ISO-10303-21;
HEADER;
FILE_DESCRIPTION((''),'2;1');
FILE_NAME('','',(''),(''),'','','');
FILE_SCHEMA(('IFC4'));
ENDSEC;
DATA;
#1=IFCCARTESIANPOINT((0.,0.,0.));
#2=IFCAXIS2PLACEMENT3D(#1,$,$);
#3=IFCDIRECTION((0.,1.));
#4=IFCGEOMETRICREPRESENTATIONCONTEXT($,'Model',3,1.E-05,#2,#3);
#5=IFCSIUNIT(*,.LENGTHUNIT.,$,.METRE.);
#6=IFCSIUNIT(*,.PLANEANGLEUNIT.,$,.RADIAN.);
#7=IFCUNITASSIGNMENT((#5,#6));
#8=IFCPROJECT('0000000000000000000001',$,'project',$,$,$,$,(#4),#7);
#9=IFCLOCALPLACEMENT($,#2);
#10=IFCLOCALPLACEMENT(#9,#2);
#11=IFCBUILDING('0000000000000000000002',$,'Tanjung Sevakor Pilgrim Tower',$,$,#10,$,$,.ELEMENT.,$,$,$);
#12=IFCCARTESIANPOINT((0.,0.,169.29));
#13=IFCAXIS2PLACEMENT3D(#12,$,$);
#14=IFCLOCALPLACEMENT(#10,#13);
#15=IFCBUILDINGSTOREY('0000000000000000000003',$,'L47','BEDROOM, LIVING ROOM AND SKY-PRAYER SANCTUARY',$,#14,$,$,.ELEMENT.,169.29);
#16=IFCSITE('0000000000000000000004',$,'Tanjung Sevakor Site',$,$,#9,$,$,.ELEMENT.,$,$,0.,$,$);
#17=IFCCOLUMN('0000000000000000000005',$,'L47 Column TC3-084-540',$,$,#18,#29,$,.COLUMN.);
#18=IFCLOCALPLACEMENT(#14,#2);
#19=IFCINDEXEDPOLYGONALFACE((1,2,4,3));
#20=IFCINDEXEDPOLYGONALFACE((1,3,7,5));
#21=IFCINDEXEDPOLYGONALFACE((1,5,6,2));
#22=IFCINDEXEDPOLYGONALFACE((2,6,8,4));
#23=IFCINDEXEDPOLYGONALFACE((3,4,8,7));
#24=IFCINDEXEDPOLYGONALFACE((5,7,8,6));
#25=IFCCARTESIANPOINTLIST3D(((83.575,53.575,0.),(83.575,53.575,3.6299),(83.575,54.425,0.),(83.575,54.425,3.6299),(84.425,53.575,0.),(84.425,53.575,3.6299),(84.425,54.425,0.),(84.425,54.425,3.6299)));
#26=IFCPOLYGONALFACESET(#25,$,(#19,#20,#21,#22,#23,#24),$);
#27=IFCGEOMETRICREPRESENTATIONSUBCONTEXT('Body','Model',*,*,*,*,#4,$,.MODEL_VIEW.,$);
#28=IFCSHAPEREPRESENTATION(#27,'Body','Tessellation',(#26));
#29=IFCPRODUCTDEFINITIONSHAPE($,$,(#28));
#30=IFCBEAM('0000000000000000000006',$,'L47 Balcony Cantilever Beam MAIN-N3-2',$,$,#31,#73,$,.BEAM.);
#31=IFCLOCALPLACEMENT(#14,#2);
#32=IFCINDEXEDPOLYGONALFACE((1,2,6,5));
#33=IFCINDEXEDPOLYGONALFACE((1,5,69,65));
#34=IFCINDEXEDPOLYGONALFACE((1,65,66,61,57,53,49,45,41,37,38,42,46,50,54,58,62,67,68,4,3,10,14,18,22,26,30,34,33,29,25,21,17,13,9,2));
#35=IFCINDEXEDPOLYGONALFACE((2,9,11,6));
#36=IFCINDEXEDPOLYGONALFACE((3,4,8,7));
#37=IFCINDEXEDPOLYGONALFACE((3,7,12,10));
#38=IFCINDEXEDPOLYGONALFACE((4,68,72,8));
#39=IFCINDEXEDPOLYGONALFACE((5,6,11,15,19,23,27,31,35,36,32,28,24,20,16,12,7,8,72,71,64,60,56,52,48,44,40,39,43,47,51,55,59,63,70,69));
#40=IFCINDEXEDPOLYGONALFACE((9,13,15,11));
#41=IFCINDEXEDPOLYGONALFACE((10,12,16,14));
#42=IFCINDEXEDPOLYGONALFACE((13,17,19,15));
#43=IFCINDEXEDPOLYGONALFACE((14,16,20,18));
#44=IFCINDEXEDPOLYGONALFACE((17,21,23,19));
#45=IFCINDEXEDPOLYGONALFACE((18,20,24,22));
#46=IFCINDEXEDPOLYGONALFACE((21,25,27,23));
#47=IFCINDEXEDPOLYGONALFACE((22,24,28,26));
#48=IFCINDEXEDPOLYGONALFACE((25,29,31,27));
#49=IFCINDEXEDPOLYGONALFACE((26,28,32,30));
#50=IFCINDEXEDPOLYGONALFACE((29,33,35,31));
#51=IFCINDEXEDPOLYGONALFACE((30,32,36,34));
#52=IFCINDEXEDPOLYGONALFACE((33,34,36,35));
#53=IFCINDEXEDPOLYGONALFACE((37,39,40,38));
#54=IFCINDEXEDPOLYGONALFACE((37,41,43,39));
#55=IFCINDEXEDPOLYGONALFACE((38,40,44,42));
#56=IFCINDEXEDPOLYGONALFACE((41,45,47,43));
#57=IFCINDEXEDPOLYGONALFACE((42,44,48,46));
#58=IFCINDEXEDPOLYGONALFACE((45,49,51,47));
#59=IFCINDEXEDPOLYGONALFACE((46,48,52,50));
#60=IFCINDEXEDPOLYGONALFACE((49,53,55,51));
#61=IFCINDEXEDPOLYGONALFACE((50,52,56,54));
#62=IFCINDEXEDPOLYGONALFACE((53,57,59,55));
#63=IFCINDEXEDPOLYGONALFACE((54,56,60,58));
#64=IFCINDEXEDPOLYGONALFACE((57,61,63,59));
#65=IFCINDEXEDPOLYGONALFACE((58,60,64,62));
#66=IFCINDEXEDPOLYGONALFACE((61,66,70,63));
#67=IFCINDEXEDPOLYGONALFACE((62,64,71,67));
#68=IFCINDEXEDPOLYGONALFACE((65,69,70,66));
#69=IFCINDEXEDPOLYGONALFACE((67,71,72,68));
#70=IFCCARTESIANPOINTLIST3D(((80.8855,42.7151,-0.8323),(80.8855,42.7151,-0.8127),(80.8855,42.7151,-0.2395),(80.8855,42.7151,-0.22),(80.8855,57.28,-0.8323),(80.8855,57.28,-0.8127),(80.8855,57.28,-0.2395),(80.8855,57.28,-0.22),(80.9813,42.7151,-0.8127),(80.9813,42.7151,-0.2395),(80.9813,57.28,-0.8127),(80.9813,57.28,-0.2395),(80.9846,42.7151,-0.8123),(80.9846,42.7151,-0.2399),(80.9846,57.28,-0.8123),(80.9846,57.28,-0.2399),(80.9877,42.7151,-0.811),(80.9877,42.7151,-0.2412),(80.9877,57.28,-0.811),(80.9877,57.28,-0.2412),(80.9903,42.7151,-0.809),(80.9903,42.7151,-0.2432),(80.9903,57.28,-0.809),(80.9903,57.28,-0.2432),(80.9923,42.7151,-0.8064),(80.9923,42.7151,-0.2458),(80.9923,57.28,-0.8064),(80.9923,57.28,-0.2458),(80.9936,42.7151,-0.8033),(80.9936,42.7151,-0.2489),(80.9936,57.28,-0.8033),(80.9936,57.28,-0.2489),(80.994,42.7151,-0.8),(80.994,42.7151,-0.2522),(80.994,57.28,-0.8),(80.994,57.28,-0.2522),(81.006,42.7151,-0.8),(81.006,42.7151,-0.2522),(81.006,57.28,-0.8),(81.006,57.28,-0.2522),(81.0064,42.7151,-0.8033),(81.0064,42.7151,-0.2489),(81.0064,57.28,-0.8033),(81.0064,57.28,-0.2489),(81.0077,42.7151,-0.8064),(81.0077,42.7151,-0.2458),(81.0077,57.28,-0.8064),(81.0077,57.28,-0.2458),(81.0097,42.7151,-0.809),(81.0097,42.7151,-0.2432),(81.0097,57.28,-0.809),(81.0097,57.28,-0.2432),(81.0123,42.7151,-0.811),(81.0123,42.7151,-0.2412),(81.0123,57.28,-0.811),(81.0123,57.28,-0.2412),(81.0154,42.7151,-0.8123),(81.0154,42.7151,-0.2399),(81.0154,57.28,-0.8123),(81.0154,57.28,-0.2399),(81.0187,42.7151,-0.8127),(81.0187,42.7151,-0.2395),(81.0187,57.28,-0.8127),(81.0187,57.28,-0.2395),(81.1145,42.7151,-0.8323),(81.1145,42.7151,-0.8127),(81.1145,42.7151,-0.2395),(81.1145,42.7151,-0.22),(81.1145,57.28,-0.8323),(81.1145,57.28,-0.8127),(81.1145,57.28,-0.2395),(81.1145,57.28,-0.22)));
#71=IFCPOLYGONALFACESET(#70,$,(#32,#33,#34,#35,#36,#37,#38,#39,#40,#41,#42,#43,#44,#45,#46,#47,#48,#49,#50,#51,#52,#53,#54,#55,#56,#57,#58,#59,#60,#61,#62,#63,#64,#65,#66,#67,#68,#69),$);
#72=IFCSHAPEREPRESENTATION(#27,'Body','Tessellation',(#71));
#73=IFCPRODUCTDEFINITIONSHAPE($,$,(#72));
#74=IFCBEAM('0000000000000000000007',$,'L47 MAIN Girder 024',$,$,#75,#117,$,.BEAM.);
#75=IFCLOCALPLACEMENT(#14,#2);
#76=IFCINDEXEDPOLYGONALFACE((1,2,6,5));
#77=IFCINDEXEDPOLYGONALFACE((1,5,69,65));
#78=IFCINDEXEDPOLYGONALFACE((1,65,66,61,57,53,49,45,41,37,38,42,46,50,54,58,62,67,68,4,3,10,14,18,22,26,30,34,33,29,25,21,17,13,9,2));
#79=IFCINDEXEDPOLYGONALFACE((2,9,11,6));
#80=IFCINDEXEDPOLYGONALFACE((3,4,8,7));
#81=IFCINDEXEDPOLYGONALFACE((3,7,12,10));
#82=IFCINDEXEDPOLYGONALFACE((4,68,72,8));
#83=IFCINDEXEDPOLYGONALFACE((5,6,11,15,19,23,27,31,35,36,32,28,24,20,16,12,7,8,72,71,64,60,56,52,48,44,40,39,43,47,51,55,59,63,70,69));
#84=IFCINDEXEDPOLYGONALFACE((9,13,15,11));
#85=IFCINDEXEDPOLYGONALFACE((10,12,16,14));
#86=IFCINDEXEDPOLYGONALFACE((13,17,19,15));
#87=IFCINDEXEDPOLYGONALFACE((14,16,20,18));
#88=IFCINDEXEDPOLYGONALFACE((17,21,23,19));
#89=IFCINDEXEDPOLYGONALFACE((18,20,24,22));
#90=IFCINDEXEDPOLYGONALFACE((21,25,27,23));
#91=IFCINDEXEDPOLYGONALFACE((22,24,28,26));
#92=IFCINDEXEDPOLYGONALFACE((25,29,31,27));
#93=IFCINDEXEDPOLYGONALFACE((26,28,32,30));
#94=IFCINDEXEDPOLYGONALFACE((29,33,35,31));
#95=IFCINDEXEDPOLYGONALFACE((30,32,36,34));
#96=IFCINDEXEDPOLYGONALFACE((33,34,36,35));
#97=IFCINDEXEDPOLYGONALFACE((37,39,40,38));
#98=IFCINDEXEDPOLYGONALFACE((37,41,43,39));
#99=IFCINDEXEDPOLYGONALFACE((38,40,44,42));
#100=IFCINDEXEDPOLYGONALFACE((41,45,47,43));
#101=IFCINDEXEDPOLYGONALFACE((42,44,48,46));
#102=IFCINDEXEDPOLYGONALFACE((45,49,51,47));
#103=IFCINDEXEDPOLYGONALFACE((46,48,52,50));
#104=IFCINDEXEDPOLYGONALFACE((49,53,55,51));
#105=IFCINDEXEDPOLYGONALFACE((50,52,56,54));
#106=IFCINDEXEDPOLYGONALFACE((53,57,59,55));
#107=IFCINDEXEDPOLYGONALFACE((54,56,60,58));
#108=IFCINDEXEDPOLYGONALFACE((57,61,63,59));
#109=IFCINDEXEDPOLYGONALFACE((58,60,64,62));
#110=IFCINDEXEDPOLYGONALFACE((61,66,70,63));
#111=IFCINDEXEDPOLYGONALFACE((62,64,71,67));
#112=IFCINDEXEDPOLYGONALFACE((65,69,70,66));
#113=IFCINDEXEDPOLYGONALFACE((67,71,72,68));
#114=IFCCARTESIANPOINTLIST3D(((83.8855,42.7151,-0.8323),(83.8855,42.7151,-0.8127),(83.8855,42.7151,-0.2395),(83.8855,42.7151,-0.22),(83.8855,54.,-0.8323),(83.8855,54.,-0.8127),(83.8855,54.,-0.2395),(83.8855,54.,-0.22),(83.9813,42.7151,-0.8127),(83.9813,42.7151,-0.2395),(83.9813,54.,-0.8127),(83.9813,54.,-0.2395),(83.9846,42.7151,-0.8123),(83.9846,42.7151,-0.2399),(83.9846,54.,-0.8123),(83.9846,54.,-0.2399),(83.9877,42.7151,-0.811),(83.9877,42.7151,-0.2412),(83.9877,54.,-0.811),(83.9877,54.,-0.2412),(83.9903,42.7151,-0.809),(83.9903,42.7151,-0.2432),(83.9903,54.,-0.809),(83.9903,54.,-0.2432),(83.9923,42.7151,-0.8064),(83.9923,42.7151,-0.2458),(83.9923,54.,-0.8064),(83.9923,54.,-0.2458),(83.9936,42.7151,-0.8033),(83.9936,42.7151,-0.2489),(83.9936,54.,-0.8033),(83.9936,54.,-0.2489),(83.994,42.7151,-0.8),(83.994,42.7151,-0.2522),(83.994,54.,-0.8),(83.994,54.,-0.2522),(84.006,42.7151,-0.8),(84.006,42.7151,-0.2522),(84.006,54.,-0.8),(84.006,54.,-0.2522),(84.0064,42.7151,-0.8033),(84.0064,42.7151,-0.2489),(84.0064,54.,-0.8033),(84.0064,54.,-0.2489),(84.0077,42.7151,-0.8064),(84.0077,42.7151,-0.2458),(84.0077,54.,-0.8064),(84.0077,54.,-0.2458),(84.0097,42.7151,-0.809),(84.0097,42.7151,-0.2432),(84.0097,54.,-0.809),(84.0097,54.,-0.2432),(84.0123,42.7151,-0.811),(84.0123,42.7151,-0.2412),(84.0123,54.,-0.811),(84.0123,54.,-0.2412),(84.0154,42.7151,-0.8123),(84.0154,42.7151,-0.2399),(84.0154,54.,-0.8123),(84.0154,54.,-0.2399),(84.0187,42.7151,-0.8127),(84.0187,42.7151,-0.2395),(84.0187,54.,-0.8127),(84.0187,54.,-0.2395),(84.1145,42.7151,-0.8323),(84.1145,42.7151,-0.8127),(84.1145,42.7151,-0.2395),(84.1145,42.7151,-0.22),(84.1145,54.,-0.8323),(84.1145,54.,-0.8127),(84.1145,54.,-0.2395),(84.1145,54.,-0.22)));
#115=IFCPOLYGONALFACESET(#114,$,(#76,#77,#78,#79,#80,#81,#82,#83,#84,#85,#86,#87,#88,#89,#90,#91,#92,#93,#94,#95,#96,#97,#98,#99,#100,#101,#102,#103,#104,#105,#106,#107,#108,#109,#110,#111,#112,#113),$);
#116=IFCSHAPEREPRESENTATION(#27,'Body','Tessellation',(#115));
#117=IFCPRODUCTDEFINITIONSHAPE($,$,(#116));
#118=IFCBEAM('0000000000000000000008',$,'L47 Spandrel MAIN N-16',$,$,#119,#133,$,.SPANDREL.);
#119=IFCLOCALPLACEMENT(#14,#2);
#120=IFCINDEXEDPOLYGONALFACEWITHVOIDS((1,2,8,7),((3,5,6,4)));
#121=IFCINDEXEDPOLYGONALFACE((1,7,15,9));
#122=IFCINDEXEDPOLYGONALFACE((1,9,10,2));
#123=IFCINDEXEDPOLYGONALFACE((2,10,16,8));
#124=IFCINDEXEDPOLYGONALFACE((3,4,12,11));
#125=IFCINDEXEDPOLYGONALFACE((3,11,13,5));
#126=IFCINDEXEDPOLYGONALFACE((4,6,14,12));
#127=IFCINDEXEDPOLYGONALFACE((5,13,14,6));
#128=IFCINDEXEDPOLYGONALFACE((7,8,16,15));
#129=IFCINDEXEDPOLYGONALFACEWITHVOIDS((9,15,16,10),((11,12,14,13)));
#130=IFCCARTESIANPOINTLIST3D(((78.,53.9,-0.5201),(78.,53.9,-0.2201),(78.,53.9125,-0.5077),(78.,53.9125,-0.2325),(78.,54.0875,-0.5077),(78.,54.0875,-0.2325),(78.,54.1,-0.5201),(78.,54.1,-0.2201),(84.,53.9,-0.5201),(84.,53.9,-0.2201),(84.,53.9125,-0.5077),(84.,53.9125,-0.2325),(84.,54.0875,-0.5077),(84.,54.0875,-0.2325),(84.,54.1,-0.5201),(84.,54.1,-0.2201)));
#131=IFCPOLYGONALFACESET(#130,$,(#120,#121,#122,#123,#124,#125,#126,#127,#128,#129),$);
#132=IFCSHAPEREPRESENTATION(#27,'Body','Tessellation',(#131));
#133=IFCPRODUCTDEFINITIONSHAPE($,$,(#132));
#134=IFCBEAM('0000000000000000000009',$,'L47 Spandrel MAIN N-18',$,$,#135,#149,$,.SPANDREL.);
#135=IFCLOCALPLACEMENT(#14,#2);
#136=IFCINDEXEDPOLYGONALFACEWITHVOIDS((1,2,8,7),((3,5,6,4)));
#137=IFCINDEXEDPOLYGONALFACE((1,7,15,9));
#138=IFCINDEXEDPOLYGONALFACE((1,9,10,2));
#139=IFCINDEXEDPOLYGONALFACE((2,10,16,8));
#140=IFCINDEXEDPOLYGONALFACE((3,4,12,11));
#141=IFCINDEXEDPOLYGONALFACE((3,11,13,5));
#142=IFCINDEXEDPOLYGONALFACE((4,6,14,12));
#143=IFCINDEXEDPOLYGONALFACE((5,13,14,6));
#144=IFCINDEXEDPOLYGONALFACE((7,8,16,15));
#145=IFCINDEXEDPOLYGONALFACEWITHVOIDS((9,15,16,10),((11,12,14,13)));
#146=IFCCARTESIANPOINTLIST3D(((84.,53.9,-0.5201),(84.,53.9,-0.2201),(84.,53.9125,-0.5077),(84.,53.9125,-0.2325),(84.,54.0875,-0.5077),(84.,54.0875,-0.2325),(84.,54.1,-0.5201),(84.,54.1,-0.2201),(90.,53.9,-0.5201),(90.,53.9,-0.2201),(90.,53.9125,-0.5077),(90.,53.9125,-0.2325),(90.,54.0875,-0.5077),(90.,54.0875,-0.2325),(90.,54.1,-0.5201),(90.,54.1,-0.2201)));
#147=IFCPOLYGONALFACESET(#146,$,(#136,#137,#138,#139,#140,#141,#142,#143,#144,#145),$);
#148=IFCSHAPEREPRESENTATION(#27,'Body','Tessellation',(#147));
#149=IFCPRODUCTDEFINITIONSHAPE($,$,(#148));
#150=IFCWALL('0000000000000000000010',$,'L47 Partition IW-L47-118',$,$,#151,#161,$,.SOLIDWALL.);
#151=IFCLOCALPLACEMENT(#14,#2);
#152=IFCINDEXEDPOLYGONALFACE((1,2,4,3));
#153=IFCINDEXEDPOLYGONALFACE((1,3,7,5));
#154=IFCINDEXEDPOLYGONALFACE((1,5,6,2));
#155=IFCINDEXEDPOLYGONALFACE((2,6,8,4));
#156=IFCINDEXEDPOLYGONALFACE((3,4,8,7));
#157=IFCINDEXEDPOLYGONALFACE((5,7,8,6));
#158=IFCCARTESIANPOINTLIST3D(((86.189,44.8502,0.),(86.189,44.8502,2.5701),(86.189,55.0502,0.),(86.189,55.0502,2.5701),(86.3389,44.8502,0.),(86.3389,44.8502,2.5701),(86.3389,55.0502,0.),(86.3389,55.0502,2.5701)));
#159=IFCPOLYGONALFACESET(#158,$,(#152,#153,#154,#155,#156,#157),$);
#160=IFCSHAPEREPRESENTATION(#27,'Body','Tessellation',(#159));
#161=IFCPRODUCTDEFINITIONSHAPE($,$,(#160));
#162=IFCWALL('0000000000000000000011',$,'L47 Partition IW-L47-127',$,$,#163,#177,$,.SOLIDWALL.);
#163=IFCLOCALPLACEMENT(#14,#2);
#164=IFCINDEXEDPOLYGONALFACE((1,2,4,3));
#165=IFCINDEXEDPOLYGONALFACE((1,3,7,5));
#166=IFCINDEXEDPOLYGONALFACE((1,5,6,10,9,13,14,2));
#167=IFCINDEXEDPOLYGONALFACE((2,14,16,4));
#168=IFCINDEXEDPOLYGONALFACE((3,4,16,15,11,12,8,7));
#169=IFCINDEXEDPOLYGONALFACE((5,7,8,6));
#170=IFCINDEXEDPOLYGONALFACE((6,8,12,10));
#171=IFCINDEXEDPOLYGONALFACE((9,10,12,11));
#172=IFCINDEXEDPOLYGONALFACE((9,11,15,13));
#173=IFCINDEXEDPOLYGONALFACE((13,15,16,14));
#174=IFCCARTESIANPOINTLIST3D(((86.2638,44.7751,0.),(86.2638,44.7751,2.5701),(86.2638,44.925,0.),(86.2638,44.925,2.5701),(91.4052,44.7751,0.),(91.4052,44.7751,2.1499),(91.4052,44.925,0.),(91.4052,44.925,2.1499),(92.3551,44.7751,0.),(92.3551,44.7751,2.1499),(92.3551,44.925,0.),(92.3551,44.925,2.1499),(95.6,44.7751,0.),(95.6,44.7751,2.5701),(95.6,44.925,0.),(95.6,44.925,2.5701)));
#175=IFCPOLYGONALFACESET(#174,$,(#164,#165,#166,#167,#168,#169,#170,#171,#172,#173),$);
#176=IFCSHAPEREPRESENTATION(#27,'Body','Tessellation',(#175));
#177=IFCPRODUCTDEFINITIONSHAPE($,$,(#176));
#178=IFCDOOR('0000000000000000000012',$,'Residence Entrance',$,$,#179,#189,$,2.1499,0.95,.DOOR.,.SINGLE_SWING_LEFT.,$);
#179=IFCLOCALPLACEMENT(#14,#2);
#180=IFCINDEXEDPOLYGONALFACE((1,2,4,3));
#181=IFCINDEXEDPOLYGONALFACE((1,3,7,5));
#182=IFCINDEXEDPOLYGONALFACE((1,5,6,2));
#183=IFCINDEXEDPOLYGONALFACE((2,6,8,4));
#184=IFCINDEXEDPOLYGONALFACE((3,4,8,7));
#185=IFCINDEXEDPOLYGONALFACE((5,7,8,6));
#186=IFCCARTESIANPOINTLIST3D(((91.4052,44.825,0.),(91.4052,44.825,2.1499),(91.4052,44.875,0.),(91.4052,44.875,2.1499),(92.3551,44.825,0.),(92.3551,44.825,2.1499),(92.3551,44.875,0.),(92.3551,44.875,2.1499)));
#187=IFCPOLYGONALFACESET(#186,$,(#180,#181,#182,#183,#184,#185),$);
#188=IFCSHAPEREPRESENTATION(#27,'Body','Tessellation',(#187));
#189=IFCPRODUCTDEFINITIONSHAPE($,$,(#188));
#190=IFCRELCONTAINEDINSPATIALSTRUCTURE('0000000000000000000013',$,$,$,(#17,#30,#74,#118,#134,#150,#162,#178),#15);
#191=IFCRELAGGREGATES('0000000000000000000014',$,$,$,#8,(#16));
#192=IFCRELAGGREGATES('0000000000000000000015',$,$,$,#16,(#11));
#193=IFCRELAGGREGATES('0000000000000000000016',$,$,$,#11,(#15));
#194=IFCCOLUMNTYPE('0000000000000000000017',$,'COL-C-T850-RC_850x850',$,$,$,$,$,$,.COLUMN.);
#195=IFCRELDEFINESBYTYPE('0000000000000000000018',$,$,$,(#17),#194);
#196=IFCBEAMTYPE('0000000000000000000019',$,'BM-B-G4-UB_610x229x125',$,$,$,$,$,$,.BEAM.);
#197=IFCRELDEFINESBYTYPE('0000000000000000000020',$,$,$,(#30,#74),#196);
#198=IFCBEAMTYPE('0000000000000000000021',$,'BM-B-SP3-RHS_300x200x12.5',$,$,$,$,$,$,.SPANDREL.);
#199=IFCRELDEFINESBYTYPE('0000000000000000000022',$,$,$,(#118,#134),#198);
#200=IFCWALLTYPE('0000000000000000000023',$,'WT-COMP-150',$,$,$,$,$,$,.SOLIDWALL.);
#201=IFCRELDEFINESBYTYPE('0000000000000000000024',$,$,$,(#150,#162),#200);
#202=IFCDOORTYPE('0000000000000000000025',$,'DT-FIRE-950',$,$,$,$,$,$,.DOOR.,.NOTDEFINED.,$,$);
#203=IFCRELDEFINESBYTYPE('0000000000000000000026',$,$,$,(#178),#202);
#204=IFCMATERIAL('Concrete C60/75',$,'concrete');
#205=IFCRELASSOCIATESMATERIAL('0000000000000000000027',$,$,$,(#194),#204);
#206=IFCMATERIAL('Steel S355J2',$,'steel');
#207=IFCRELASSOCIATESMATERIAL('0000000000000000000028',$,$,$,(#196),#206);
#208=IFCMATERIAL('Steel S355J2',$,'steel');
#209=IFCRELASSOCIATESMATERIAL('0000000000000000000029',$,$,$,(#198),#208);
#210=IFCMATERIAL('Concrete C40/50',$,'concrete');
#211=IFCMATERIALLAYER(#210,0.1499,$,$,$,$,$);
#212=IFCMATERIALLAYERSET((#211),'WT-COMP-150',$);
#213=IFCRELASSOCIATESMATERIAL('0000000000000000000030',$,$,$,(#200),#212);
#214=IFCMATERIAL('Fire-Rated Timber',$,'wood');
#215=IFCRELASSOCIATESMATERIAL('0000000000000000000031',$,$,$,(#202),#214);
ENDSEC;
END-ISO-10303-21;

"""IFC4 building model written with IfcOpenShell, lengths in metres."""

from ifc_helpers import new_model, si_unit, direction, frame, frame_2d, origin, origin_2d, place, context, subcontext, project, spatial, rectangle, hollow_rectangle, i_section, extrude, material, layer, layer_set, material_profile, profile_set, type_object, element, fill, save


model = new_model("IFC4")

# Units and contexts
model_context = context("Model", 3, precision=1e-05, world=origin(), true_north=direction((0.0, 1.0)))
body_context = subcontext(model_context, "Body", "Model", "MODEL_VIEW")
ifc_project = project(units=[si_unit("LENGTHUNIT", "METRE"), si_unit("PLANEANGLEUNIT", "RADIAN")], contexts=[model_context])

# Site, building, storey
site_placement = place(None, origin())
site = spatial("IfcSite", under=ifc_project, at=site_placement, Name="Tanjung Sevakor Site", CompositionType="ELEMENT", RefElevation=0.0)
building_placement = place(site_placement, origin())
building = spatial("IfcBuilding", under=site, at=building_placement, Name="Tanjung Sevakor Pilgrim Tower", CompositionType="ELEMENT")
storey_placement = place(building_placement, frame((0.0, 0.0, 169.29)))
storey = spatial("IfcBuildingStorey", under=building, at=storey_placement, Name="L47", Description="BEDROOM, LIVING ROOM AND SKY-PRAYER SANCTUARY", CompositionType="ELEMENT", Elevation=169.29)

# Column
ifc_material_1 = material(Name="Concrete C60/75", Category="concrete")
ifc_material_profile_1 = material_profile(ifc_material_1, rectangle(XDim=0.8501, YDim=0.8501, at=origin_2d()))
ifc_profile_set_1 = profile_set([ifc_material_profile_1], Name="Concrete C60/75")
column_type = type_object("IfcColumnType", Name="COL-C-T850-RC_850x850", PredefinedType="COLUMN", material=ifc_profile_set_1)
column_placement = place(storey_placement, frame((84.0, 54.0, 0.0), z_axis=(0.0, 0.0, 1.0), x_axis=(1.0, 0.0, 0.0)))
element("IfcColumn", 1, at=column_placement, inside=storey, type_object=column_type, Name="L47 Column TC3-084-540", PredefinedType="COLUMN", context=body_context, shape_type="SweptSolid", body=[
    extrude(rectangle(XDim=0.8501, YDim=0.8501, at=origin_2d()), origin(), (0.0, 0.0, 1.0), 3.6299),
])

# Beams
ifc_material_2 = material(Name="Steel S355J2", Category="steel")
ifc_material_profile_2 = material_profile(ifc_material_2, i_section(OverallWidth=0.229, OverallDepth=0.6123, WebThickness=0.012, FlangeThickness=0.0195, FilletRadius=0.0127, at=origin_2d()))
ifc_profile_set_2 = profile_set([ifc_material_profile_2], Name="Steel S355J2")
beam_type_1 = type_object("IfcBeamType", Name="BM-B-G4-UB_610x229x125", PredefinedType="BEAM", material=ifc_profile_set_2)
beam_1_placement = place(storey_placement, frame((81.0, 42.7151, -0.5261), z_axis=(0.0, 1.0, 0.0), x_axis=(-1.0, 0.0, 0.0)))
element("IfcBeam", 2, at=beam_1_placement, inside=storey, type_object=beam_type_1, Name="L47 Balcony Cantilever Beam MAIN-N3-2", PredefinedType="BEAM", context=body_context, shape_type="SweptSolid", body=[
    extrude(i_section(OverallWidth=0.229, OverallDepth=0.6123, WebThickness=0.012, FlangeThickness=0.0195, FilletRadius=0.0127, at=origin_2d()), origin(), (0.0, 0.0, 1.0), 14.5649),
])
beam_2_placement = place(storey_placement, frame((84.0, 42.7151, -0.5261), z_axis=(0.0, 1.0, 0.0), x_axis=(-1.0, 0.0, 0.0)))
element("IfcBeam", 3, at=beam_2_placement, inside=storey, type_object=beam_type_1, Name="L47 MAIN Girder 024", PredefinedType="BEAM", context=body_context, shape_type="SweptSolid", body=[
    extrude(i_section(OverallWidth=0.229, OverallDepth=0.6123, WebThickness=0.012, FlangeThickness=0.0195, FilletRadius=0.0127, at=origin_2d()), origin(), (0.0, 0.0, 1.0), 11.2849),
])
ifc_material_3 = material(Name="Steel S355J2", Category="steel")
ifc_material_profile_3 = material_profile(ifc_material_3, hollow_rectangle(XDim=0.2, YDim=0.3, WallThickness=0.0125, at=origin_2d()))
ifc_profile_set_3 = profile_set([ifc_material_profile_3], Name="Steel S355J2")
beam_type_2 = type_object("IfcBeamType", Name="BM-B-SP3-RHS_300x200x12.5", PredefinedType="SPANDREL", material=ifc_profile_set_3)
for number, where, z_axis, x_axis, name in (
    (4, (78.0, 54.0, -0.3701), (1.0, 0.0, 0.0), (0.0, 1.0, 0.0), "L47 Spandrel MAIN N-16"),
    (5, (84.0, 54.0, -0.3701), (1.0, 0.0, 0.0), (0.0, 1.0, 0.0), "L47 Spandrel MAIN N-18"),
):
    element("IfcBeam", number, at=place(storey_placement, frame(where, z_axis=z_axis, x_axis=x_axis)), inside=storey, type_object=beam_type_2, Name=name, PredefinedType="SPANDREL", context=body_context, shape_type="SweptSolid", body=[
        extrude(hollow_rectangle(XDim=0.2, YDim=0.3, WallThickness=0.0125, at=origin_2d()), origin(), (0.0, 0.0, 1.0), 6.0),
    ])

# Wall
ifc_material_4 = material(Name="Concrete C40/50", Category="concrete")
ifc_layer_1 = layer(ifc_material_4, 0.1499)
ifc_layer_set_1 = layer_set([ifc_layer_1], Name="WT-COMP-150")
wall_type_1 = type_object("IfcWallType", Name="WT-COMP-150", PredefinedType="SOLIDWALL", material=ifc_layer_set_1)
wall_1_placement = place(storey_placement, frame((86.2639, 44.8501, 0.0), z_axis=(0.0, 0.0, 1.0), x_axis=(0.0, 1.0, 0.0)))
element("IfcWall", 6, at=wall_1_placement, inside=storey, type_object=wall_type_1, Name="L47 Partition IW-L47-118", PredefinedType="SOLIDWALL", context=body_context, shape_type="SweptSolid", body=[
    extrude(rectangle(XDim=10.2, YDim=0.1499, at=frame_2d((5.1001, 0.0))), origin(), (0.0, 0.0, 1.0), 2.5701),
])

# Wall, opening, door
wall_2_placement = place(storey_placement, frame((86.2639, 44.8501, 0.0), z_axis=(0.0, 0.0, 1.0), x_axis=(1.0, 0.0, 0.0)))
wall_2 = element("IfcWall", 7, at=wall_2_placement, inside=storey, type_object=wall_type_1, Name="L47 Partition IW-L47-127", PredefinedType="SOLIDWALL", context=body_context, shape_type="SweptSolid", body=[
    extrude(rectangle(XDim=9.3362, YDim=0.1499, at=frame_2d((4.668, 0.0))), origin(), (0.0, 0.0, 1.0), 2.5701),
])
opening_1_placement = place(wall_2_placement, frame((5.1411, 0.0, 0.0)))
opening_1 = element("IfcOpeningElement", 8, at=opening_1_placement, cuts=wall_2, PredefinedType="OPENING", context=body_context, shape_type="SweptSolid", body=[
    extrude(rectangle(XDim=0.95, YDim=2.1499, at=frame_2d((0.4751, 1.075))), frame((0.0, 0.085, 0.0), z_axis=(0.0, -1.0, 0.0), x_axis=(1.0, 0.0, 0.0)), (0.0, 0.0, 1.0), 0.1699),
])
ifc_material_5 = material(Name="Fire-Rated Timber", Category="wood")
door_type_1 = type_object("IfcDoorType", Name="DT-FIRE-950", OperationType="NOTDEFINED", PredefinedType="DOOR", material=ifc_material_5)
door_1_placement = place(opening_1_placement, origin())
door_1 = element("IfcDoor", 9, at=door_1_placement, inside=storey, type_object=door_type_1, Name="Residence Entrance", OperationType="SINGLE_SWING_LEFT", OverallHeight=2.1499, OverallWidth=0.95, PredefinedType="DOOR", context=body_context, shape_type="SweptSolid", body=[
    extrude(rectangle(XDim=0.95, YDim=2.1499, at=frame_2d((0.4751, 1.075))), frame((0.0, 0.0249, 0.0), z_axis=(0.0, -1.0, 0.0), x_axis=(1.0, 0.0, 0.0)), (0.0, 0.0, 1.0), 0.05),
])
fill(opening_1, door_1)

save(model, "model.ifc")
